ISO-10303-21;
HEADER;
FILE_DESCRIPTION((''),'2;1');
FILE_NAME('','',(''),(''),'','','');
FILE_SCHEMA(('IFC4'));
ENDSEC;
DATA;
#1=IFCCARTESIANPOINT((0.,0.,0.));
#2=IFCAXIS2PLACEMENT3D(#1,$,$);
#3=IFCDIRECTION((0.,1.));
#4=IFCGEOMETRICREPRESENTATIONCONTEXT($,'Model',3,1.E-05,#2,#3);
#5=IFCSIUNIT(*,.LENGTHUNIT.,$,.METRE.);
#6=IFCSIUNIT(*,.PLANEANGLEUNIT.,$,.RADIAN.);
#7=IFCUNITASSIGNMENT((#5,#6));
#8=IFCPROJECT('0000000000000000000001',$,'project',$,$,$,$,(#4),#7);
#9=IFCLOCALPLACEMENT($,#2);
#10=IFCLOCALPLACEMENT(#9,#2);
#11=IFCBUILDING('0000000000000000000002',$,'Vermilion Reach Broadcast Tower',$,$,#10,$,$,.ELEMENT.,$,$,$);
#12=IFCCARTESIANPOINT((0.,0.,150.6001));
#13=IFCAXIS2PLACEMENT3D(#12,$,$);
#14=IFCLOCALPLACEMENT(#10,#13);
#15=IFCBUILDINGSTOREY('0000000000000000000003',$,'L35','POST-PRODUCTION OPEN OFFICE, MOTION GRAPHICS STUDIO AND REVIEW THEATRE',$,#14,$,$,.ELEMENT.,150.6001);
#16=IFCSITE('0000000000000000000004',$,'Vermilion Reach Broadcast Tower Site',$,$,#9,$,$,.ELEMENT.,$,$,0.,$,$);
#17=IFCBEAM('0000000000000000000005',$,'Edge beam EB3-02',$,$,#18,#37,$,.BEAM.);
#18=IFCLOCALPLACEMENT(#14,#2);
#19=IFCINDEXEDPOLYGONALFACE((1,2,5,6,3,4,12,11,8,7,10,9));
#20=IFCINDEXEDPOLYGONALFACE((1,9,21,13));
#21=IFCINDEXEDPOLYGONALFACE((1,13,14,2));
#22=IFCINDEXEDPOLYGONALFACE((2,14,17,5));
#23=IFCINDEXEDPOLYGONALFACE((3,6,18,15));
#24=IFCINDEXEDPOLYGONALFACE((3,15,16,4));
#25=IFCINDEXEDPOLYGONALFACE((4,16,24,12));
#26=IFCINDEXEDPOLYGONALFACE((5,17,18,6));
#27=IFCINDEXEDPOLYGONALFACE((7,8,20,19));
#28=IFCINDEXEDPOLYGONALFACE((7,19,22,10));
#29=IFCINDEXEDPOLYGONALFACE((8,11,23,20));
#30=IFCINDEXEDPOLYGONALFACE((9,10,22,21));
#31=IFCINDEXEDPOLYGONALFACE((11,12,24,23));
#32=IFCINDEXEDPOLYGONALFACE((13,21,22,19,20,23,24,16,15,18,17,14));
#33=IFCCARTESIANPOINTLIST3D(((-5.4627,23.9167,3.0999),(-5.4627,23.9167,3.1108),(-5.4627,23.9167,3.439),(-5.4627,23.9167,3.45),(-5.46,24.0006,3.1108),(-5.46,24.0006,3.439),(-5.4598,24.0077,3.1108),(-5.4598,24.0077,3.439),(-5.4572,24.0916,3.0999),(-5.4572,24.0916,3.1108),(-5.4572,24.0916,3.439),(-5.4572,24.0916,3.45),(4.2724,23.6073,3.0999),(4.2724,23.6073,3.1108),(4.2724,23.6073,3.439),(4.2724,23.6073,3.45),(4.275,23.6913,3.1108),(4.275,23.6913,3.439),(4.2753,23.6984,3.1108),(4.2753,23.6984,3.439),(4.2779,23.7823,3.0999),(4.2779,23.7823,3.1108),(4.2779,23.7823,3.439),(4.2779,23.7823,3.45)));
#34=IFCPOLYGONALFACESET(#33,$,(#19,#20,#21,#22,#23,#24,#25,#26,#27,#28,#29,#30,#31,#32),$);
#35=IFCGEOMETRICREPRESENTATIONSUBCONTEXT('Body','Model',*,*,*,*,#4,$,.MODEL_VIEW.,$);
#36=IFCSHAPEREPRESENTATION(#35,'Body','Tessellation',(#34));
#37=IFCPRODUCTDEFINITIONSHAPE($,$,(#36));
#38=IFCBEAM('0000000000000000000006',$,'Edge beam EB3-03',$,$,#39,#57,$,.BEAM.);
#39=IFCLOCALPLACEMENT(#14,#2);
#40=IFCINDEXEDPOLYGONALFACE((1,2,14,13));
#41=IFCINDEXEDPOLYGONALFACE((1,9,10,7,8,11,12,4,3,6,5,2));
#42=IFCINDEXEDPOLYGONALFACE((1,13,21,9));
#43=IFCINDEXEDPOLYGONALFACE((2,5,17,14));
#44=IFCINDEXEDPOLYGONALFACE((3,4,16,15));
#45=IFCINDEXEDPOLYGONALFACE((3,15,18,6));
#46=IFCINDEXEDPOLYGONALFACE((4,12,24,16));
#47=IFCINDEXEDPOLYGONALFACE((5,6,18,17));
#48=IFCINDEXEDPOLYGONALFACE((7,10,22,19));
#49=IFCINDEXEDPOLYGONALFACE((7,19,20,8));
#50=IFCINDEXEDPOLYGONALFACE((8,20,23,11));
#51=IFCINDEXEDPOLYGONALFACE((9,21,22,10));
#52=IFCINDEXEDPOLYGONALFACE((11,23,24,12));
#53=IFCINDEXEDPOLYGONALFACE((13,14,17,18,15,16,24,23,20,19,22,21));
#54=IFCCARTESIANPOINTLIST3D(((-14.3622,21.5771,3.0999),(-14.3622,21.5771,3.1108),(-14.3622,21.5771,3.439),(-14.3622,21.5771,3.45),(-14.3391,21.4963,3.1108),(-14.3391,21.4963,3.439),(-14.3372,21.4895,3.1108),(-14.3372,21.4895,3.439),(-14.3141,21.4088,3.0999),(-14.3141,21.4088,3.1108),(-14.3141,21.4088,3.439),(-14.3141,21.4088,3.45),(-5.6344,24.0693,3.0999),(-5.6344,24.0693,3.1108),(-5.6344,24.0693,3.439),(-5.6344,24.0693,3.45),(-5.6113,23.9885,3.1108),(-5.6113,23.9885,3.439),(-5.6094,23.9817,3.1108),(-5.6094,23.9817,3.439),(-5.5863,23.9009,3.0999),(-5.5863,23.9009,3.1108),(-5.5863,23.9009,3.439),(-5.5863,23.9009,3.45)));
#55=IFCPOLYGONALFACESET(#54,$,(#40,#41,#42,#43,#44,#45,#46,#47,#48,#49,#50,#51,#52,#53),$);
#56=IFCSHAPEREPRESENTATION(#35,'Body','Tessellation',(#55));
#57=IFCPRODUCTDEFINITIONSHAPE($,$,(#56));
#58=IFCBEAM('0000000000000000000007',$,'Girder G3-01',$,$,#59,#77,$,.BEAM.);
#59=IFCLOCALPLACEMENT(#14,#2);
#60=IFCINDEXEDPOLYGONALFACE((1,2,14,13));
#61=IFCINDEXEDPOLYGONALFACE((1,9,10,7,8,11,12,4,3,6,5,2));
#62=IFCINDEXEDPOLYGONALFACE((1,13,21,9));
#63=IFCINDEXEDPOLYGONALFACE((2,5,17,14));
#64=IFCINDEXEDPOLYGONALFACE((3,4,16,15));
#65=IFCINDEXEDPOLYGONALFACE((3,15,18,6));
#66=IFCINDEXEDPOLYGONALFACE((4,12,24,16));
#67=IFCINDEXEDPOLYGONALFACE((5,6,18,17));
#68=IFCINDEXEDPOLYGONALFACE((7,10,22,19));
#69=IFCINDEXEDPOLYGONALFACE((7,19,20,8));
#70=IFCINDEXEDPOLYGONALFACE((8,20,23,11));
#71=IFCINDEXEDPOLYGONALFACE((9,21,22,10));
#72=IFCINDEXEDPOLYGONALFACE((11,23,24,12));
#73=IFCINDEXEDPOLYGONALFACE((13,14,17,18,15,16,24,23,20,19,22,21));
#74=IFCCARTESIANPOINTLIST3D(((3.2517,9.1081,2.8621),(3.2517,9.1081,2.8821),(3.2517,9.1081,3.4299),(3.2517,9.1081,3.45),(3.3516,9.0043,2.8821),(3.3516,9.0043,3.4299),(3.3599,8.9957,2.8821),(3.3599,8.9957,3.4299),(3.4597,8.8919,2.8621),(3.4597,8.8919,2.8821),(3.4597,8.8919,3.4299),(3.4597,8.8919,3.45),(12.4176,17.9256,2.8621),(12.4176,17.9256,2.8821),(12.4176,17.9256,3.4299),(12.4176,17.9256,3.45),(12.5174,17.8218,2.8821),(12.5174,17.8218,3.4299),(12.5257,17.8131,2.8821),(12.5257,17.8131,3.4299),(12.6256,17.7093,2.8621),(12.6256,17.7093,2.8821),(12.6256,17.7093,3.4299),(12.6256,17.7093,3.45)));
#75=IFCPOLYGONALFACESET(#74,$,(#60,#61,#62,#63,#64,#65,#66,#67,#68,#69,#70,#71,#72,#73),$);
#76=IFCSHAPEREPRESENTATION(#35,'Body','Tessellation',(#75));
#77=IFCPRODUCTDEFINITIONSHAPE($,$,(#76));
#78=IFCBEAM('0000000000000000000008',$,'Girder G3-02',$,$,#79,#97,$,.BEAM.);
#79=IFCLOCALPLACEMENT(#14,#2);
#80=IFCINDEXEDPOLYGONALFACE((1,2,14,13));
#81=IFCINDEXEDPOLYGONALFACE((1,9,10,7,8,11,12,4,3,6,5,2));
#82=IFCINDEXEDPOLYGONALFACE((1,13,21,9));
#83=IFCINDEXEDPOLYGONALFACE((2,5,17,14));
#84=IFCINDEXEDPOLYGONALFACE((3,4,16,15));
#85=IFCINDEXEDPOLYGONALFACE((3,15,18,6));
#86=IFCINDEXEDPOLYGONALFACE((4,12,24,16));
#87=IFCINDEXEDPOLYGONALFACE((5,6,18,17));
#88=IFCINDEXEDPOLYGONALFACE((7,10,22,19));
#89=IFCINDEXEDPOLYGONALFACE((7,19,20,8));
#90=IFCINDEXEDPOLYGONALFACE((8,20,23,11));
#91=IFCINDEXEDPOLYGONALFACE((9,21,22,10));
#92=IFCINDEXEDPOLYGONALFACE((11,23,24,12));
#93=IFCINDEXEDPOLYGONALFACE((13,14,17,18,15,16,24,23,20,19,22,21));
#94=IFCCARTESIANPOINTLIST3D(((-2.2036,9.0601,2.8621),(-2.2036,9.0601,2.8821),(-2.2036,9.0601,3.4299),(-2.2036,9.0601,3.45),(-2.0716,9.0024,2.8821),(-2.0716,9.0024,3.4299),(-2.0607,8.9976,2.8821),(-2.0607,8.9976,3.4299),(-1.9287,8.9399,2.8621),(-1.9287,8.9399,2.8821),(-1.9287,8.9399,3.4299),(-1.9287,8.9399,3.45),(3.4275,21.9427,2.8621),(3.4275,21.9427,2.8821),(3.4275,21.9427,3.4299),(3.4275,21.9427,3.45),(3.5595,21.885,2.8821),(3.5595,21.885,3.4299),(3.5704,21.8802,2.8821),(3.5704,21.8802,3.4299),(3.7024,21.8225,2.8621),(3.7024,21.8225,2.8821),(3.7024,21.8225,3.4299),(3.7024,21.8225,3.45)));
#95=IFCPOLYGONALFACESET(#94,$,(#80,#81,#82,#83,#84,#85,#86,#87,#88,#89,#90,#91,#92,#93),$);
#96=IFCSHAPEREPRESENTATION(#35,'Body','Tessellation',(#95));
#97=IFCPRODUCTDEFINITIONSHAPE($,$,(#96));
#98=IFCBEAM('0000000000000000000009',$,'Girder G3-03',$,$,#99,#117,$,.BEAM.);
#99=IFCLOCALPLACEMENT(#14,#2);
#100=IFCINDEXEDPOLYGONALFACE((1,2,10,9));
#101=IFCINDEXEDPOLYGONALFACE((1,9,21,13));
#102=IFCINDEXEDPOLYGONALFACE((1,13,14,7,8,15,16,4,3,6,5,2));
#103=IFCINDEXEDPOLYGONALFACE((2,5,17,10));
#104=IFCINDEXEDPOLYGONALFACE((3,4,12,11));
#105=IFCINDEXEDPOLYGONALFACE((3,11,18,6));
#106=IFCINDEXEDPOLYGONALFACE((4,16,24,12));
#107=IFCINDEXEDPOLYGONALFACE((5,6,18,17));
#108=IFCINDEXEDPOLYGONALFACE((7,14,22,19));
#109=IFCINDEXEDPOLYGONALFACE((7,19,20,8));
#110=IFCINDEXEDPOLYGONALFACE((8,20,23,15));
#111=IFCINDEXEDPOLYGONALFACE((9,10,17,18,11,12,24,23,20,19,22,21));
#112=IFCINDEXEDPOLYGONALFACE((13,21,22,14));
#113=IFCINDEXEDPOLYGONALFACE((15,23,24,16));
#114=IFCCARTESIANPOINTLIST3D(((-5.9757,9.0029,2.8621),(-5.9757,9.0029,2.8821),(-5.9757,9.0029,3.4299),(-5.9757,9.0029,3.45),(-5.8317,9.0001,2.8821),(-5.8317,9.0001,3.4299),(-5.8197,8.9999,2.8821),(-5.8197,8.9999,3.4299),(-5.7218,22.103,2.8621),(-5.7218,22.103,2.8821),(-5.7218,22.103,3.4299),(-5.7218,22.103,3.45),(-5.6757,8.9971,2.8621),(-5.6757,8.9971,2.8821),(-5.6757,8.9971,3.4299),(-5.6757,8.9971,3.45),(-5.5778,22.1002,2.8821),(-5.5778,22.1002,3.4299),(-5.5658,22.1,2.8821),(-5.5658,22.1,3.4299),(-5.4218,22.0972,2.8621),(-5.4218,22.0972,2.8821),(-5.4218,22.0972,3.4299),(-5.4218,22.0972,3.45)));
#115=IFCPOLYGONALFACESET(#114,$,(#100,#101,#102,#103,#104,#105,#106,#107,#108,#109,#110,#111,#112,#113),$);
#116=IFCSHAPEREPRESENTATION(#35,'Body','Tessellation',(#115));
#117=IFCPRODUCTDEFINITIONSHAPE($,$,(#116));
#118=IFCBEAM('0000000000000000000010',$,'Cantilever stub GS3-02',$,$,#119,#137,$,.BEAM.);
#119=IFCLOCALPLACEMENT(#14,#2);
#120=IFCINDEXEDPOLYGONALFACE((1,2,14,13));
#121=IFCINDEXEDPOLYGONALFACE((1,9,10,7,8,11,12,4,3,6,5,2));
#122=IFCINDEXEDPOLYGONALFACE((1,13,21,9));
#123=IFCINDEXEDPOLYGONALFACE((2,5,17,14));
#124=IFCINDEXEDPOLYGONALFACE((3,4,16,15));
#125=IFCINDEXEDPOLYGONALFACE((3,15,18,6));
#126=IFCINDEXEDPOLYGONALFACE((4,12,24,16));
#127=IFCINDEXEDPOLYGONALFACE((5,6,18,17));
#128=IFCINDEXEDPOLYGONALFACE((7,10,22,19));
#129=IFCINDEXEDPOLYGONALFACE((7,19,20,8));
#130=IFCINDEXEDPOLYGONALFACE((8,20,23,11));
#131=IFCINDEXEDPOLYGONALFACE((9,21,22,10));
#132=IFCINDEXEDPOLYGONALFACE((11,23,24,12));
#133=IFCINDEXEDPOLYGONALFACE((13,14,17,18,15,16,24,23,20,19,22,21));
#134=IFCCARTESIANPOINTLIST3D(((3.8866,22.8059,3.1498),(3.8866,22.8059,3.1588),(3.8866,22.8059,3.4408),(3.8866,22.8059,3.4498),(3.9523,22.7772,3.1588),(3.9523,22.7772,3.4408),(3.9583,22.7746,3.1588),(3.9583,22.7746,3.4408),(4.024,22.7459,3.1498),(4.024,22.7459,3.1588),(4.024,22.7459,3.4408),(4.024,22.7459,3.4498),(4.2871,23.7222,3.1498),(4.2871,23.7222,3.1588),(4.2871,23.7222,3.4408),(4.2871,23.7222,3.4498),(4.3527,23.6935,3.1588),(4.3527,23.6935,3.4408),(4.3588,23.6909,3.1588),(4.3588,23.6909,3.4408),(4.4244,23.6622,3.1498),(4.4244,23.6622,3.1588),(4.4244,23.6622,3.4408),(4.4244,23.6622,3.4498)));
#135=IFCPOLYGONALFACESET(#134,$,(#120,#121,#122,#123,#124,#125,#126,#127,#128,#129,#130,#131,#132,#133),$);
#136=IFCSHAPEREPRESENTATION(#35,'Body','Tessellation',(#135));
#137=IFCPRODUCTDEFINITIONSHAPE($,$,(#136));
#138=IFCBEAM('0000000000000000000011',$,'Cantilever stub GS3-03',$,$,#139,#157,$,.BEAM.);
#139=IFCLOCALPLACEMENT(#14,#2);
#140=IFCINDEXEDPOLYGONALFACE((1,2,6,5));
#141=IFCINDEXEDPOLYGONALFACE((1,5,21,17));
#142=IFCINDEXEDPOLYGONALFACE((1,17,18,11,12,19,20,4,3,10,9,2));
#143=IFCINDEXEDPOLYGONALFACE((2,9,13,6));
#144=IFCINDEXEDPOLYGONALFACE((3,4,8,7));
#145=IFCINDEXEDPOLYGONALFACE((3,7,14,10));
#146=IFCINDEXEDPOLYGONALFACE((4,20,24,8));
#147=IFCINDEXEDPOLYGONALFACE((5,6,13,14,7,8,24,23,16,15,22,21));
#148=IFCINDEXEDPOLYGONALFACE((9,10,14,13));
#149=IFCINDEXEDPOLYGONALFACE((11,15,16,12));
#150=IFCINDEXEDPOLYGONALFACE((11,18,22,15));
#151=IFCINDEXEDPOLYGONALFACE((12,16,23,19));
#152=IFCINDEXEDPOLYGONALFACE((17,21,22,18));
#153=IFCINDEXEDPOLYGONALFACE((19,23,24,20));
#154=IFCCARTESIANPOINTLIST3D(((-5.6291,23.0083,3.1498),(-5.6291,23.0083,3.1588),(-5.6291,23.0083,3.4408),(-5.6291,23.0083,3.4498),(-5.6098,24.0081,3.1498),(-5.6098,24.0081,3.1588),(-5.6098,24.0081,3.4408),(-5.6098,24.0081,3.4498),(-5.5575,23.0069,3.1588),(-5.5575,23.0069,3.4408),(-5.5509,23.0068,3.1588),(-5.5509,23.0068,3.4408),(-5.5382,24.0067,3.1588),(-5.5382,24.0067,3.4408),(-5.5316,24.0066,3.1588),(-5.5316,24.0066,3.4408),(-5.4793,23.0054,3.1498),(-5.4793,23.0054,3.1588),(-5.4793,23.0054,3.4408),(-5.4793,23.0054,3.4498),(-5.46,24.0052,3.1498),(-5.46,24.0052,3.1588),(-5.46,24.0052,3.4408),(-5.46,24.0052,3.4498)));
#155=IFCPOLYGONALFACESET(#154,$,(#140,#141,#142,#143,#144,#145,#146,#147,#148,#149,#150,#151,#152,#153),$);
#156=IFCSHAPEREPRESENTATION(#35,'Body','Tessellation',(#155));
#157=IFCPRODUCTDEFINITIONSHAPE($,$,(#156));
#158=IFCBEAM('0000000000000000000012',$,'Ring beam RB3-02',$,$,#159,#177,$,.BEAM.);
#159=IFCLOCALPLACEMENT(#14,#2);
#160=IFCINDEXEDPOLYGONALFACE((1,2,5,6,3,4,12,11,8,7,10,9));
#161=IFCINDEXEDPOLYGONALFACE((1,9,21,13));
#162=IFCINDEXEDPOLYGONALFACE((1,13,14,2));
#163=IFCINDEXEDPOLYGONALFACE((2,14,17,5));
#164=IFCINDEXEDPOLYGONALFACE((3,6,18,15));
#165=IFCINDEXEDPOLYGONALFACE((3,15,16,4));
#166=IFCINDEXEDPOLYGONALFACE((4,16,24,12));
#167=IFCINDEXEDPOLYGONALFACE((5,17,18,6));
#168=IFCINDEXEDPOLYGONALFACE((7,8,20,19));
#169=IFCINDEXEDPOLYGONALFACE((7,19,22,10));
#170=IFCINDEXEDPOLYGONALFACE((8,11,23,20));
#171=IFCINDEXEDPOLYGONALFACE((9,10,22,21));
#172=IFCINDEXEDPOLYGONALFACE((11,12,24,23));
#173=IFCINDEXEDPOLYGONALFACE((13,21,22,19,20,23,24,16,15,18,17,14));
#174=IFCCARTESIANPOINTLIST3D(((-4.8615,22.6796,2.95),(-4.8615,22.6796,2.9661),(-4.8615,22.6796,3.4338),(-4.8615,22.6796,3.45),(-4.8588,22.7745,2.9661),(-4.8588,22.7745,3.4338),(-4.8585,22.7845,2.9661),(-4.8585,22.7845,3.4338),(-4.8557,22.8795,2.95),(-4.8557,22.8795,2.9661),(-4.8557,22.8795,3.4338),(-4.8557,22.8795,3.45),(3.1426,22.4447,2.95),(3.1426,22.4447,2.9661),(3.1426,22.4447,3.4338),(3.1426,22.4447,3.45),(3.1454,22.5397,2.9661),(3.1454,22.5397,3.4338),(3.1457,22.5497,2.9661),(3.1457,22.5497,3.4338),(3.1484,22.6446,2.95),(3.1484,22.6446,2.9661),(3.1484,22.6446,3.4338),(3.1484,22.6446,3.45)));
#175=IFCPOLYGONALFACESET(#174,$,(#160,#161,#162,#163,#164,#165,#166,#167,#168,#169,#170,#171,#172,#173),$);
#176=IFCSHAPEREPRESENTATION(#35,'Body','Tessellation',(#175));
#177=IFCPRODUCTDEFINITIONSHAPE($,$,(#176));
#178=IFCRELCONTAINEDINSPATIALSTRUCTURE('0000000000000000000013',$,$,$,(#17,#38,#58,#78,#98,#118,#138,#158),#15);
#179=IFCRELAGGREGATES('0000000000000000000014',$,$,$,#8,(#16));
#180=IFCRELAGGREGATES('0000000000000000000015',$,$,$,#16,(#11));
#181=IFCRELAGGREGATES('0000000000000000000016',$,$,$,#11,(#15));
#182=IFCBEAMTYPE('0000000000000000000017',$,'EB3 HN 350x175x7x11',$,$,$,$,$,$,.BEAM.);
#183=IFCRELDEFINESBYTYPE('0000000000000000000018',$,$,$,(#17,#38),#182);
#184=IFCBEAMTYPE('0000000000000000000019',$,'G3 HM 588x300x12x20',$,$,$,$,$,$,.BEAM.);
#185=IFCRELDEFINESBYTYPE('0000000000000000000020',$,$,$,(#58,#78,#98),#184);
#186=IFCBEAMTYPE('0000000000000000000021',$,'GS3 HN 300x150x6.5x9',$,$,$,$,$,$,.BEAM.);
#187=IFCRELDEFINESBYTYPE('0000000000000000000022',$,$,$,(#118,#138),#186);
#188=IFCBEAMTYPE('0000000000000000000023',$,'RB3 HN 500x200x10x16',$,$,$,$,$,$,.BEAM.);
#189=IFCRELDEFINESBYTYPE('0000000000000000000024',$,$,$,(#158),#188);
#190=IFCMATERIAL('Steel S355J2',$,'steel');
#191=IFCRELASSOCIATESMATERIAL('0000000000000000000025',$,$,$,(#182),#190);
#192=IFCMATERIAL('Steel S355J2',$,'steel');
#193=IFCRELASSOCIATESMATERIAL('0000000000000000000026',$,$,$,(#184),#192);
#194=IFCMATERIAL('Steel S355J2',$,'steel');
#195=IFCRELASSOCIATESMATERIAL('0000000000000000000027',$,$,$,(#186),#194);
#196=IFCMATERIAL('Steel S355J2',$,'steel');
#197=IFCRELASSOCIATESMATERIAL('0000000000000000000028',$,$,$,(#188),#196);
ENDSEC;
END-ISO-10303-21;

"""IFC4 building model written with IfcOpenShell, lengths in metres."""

from ifc_helpers import new_model, si_unit, direction, frame, origin, origin_2d, place, context, subcontext, project, spatial, i_section, extrude, material, material_profile, profile_set, type_object, element, save


model = new_model("IFC4")

# Units and contexts
model_context = context("Model", 3, precision=1e-05, world=origin(), true_north=direction((0.0, 1.0)))
body_context = subcontext(model_context, "Body", "Model", "MODEL_VIEW")
ifc_project = project(units=[si_unit("LENGTHUNIT", "METRE"), si_unit("PLANEANGLEUNIT", "RADIAN")], contexts=[model_context])

# Site, building, storey
site_placement = place(None, origin())
site = spatial("IfcSite", under=ifc_project, at=site_placement, Name="Vermilion Reach Broadcast Tower Site", CompositionType="ELEMENT", RefElevation=0.0)
building_placement = place(site_placement, origin())
building = spatial("IfcBuilding", under=site, at=building_placement, Name="Vermilion Reach Broadcast Tower", CompositionType="ELEMENT")
storey_placement = place(building_placement, frame((0.0, 0.0, 150.6001)))
storey = spatial("IfcBuildingStorey", under=building, at=storey_placement, Name="L35", Description="POST-PRODUCTION OPEN OFFICE, MOTION GRAPHICS STUDIO AND REVIEW THEATRE", CompositionType="ELEMENT", Elevation=150.6001)

# Beams
ifc_material_1 = material(Name="Steel S355J2", Category="steel")
ifc_material_profile_1 = material_profile(ifc_material_1, i_section(OverallWidth=0.175, OverallDepth=0.3501, WebThickness=0.0071, FlangeThickness=0.011, at=origin_2d()), Name="S355J2 HN 350x175x7x11")
ifc_profile_set_1 = profile_set([ifc_material_profile_1], Name="Steel S355J2")
beam_type_1 = type_object("IfcBeamType", Name="EB3 HN 350x175x7x11", PredefinedType="BEAM", material=ifc_profile_set_1)
beam_1_placement = place(storey_placement, frame((4.2751, 23.6948, 3.2749), z_axis=(-0.999496, 0.031758, 0.0), x_axis=(-0.031758, -0.999496, 0.0)))
element("IfcBeam", 1, at=beam_1_placement, inside=storey, type_object=beam_type_1, Name="Edge beam EB3-02", PredefinedType="BEAM", context=body_context, shape_type="SweptSolid", body=[
    extrude(i_section(OverallWidth=0.175, OverallDepth=0.3501, WebThickness=0.0071, FlangeThickness=0.011, at=origin_2d()), origin(), (0.0, 0.0, 1.0), 9.74),
])
beam_2_placement = place(storey_placement, frame((-5.6104, 23.9851, 3.2749), z_axis=(-0.961567, -0.274572, 0.0), x_axis=(0.274572, -0.961567, 0.0)))
element("IfcBeam", 2, at=beam_2_placement, inside=storey, type_object=beam_type_1, Name="Edge beam EB3-03", PredefinedType="BEAM", context=body_context, shape_type="SweptSolid", body=[
    extrude(i_section(OverallWidth=0.175, OverallDepth=0.3501, WebThickness=0.0071, FlangeThickness=0.011, at=origin_2d()), origin(), (0.0, 0.0, 1.0), 9.0767),
])
ifc_material_2 = material(Name="Steel S355J2", Category="steel")
ifc_material_profile_2 = material_profile(ifc_material_2, i_section(OverallWidth=0.3, OverallDepth=0.5879, WebThickness=0.012, FlangeThickness=0.02, at=origin_2d()), Name="S355J2 HM 588x300x12x20")
ifc_profile_set_2 = profile_set([ifc_material_profile_2], Name="Steel S355J2")
beam_type_2 = type_object("IfcBeamType", Name="G3 HM 588x300x12x20", PredefinedType="BEAM", material=ifc_profile_set_2)
beam_3_placement = place(storey_placement, frame((3.3557, 9.0, 3.156), z_axis=(0.72067, 0.693278, 0.0), x_axis=(-0.693278, 0.72067, 0.0)))
element("IfcBeam", 3, at=beam_3_placement, inside=storey, type_object=beam_type_2, Name="Girder G3-01", PredefinedType="BEAM", context=body_context, shape_type="SweptSolid", body=[
    extrude(i_section(OverallWidth=0.3, OverallDepth=0.5879, WebThickness=0.012, FlangeThickness=0.02, at=origin_2d()), origin(), (0.0, 0.0, 1.0), 12.7185),
])
beam_4_placement = place(storey_placement, frame((-2.0662, 9.0, 3.156), z_axis=(0.400519, 0.916288, 0.0), x_axis=(-0.916288, 0.400519, 0.0)))
element("IfcBeam", 4, at=beam_4_placement, inside=storey, type_object=beam_type_2, Name="Girder G3-02", PredefinedType="BEAM", context=body_context, shape_type="SweptSolid", body=[
    extrude(i_section(OverallWidth=0.3, OverallDepth=0.5879, WebThickness=0.012, FlangeThickness=0.02, at=origin_2d()), origin(), (0.0, 0.0, 1.0), 14.0596),
])
beam_5_placement = place(storey_placement, frame((-5.8257, 9.0, 3.156), z_axis=(0.019378, 0.999812, 0.0), x_axis=(-0.999812, 0.019378, 0.0)))
element("IfcBeam", 5, at=beam_5_placement, inside=storey, type_object=beam_type_2, Name="Girder G3-03", PredefinedType="BEAM", context=body_context, shape_type="SweptSolid", body=[
    extrude(i_section(OverallWidth=0.3, OverallDepth=0.5879, WebThickness=0.012, FlangeThickness=0.02, at=origin_2d()), origin(), (0.0, 0.0, 1.0), 13.1025),
])
ifc_material_3 = material(Name="Steel S355J2", Category="steel")
ifc_material_profile_3 = material_profile(ifc_material_3, i_section(OverallWidth=0.1499, OverallDepth=0.3, WebThickness=0.0066, FlangeThickness=0.009, at=origin_2d()), Name="S355J2 HN 300x150x6.5x9")
ifc_profile_set_3 = profile_set([ifc_material_profile_3], Name="Steel S355J2")
beam_type_3 = type_object("IfcBeamType", Name="GS3 HN 300x150x6.5x9", PredefinedType="BEAM", material=ifc_profile_set_3)
for number, where, z_axis, x_axis, name in (
    (6, (3.9553, 22.7759, 3.2998), (0.400422, 0.916331, 0.0), (-0.916331, 0.400422, 0.0), "Cantilever stub GS3-02"),
    (7, (-5.5542, 23.0068, 3.2998), (0.019288, 0.999814, 0.0), (-0.999814, 0.019288, 0.0), "Cantilever stub GS3-03"),
):
    element("IfcBeam", number, at=place(storey_placement, frame(where, z_axis=z_axis, x_axis=x_axis)), inside=storey, type_object=beam_type_3, Name=name, PredefinedType="BEAM", context=body_context, shape_type="SweptSolid", body=[
        extrude(i_section(OverallWidth=0.1499, OverallDepth=0.3, WebThickness=0.0066, FlangeThickness=0.009, at=origin_2d()), origin(), (0.0, 0.0, 1.0), 1.0),
    ])
ifc_material_4 = material(Name="Steel S355J2", Category="steel")
ifc_material_profile_4 = material_profile(ifc_material_4, i_section(OverallWidth=0.2, OverallDepth=0.5, WebThickness=0.01, FlangeThickness=0.0161, at=origin_2d()), Name="S355J2 HN 500x200x10x16")
ifc_profile_set_4 = profile_set([ifc_material_profile_4], Name="Steel S355J2")
beam_type_4 = type_object("IfcBeamType", Name="RB3 HN 500x200x10x16", PredefinedType="BEAM", material=ifc_profile_set_4)
beam_6_placement = place(storey_placement, frame((3.1455, 22.5447, 3.2), z_axis=(-0.99957, 0.02933, 0.0), x_axis=(-0.02933, -0.99957, 0.0)))
element("IfcBeam", 8, at=beam_6_placement, inside=storey, type_object=beam_type_4, Name="Ring beam RB3-02", PredefinedType="BEAM", context=body_context, shape_type="SweptSolid", body=[
    extrude(i_section(OverallWidth=0.2, OverallDepth=0.5, WebThickness=0.01, FlangeThickness=0.0161, at=origin_2d()), origin(), (0.0, 0.0, 1.0), 8.0076),
])

save(model, "model.ifc")
